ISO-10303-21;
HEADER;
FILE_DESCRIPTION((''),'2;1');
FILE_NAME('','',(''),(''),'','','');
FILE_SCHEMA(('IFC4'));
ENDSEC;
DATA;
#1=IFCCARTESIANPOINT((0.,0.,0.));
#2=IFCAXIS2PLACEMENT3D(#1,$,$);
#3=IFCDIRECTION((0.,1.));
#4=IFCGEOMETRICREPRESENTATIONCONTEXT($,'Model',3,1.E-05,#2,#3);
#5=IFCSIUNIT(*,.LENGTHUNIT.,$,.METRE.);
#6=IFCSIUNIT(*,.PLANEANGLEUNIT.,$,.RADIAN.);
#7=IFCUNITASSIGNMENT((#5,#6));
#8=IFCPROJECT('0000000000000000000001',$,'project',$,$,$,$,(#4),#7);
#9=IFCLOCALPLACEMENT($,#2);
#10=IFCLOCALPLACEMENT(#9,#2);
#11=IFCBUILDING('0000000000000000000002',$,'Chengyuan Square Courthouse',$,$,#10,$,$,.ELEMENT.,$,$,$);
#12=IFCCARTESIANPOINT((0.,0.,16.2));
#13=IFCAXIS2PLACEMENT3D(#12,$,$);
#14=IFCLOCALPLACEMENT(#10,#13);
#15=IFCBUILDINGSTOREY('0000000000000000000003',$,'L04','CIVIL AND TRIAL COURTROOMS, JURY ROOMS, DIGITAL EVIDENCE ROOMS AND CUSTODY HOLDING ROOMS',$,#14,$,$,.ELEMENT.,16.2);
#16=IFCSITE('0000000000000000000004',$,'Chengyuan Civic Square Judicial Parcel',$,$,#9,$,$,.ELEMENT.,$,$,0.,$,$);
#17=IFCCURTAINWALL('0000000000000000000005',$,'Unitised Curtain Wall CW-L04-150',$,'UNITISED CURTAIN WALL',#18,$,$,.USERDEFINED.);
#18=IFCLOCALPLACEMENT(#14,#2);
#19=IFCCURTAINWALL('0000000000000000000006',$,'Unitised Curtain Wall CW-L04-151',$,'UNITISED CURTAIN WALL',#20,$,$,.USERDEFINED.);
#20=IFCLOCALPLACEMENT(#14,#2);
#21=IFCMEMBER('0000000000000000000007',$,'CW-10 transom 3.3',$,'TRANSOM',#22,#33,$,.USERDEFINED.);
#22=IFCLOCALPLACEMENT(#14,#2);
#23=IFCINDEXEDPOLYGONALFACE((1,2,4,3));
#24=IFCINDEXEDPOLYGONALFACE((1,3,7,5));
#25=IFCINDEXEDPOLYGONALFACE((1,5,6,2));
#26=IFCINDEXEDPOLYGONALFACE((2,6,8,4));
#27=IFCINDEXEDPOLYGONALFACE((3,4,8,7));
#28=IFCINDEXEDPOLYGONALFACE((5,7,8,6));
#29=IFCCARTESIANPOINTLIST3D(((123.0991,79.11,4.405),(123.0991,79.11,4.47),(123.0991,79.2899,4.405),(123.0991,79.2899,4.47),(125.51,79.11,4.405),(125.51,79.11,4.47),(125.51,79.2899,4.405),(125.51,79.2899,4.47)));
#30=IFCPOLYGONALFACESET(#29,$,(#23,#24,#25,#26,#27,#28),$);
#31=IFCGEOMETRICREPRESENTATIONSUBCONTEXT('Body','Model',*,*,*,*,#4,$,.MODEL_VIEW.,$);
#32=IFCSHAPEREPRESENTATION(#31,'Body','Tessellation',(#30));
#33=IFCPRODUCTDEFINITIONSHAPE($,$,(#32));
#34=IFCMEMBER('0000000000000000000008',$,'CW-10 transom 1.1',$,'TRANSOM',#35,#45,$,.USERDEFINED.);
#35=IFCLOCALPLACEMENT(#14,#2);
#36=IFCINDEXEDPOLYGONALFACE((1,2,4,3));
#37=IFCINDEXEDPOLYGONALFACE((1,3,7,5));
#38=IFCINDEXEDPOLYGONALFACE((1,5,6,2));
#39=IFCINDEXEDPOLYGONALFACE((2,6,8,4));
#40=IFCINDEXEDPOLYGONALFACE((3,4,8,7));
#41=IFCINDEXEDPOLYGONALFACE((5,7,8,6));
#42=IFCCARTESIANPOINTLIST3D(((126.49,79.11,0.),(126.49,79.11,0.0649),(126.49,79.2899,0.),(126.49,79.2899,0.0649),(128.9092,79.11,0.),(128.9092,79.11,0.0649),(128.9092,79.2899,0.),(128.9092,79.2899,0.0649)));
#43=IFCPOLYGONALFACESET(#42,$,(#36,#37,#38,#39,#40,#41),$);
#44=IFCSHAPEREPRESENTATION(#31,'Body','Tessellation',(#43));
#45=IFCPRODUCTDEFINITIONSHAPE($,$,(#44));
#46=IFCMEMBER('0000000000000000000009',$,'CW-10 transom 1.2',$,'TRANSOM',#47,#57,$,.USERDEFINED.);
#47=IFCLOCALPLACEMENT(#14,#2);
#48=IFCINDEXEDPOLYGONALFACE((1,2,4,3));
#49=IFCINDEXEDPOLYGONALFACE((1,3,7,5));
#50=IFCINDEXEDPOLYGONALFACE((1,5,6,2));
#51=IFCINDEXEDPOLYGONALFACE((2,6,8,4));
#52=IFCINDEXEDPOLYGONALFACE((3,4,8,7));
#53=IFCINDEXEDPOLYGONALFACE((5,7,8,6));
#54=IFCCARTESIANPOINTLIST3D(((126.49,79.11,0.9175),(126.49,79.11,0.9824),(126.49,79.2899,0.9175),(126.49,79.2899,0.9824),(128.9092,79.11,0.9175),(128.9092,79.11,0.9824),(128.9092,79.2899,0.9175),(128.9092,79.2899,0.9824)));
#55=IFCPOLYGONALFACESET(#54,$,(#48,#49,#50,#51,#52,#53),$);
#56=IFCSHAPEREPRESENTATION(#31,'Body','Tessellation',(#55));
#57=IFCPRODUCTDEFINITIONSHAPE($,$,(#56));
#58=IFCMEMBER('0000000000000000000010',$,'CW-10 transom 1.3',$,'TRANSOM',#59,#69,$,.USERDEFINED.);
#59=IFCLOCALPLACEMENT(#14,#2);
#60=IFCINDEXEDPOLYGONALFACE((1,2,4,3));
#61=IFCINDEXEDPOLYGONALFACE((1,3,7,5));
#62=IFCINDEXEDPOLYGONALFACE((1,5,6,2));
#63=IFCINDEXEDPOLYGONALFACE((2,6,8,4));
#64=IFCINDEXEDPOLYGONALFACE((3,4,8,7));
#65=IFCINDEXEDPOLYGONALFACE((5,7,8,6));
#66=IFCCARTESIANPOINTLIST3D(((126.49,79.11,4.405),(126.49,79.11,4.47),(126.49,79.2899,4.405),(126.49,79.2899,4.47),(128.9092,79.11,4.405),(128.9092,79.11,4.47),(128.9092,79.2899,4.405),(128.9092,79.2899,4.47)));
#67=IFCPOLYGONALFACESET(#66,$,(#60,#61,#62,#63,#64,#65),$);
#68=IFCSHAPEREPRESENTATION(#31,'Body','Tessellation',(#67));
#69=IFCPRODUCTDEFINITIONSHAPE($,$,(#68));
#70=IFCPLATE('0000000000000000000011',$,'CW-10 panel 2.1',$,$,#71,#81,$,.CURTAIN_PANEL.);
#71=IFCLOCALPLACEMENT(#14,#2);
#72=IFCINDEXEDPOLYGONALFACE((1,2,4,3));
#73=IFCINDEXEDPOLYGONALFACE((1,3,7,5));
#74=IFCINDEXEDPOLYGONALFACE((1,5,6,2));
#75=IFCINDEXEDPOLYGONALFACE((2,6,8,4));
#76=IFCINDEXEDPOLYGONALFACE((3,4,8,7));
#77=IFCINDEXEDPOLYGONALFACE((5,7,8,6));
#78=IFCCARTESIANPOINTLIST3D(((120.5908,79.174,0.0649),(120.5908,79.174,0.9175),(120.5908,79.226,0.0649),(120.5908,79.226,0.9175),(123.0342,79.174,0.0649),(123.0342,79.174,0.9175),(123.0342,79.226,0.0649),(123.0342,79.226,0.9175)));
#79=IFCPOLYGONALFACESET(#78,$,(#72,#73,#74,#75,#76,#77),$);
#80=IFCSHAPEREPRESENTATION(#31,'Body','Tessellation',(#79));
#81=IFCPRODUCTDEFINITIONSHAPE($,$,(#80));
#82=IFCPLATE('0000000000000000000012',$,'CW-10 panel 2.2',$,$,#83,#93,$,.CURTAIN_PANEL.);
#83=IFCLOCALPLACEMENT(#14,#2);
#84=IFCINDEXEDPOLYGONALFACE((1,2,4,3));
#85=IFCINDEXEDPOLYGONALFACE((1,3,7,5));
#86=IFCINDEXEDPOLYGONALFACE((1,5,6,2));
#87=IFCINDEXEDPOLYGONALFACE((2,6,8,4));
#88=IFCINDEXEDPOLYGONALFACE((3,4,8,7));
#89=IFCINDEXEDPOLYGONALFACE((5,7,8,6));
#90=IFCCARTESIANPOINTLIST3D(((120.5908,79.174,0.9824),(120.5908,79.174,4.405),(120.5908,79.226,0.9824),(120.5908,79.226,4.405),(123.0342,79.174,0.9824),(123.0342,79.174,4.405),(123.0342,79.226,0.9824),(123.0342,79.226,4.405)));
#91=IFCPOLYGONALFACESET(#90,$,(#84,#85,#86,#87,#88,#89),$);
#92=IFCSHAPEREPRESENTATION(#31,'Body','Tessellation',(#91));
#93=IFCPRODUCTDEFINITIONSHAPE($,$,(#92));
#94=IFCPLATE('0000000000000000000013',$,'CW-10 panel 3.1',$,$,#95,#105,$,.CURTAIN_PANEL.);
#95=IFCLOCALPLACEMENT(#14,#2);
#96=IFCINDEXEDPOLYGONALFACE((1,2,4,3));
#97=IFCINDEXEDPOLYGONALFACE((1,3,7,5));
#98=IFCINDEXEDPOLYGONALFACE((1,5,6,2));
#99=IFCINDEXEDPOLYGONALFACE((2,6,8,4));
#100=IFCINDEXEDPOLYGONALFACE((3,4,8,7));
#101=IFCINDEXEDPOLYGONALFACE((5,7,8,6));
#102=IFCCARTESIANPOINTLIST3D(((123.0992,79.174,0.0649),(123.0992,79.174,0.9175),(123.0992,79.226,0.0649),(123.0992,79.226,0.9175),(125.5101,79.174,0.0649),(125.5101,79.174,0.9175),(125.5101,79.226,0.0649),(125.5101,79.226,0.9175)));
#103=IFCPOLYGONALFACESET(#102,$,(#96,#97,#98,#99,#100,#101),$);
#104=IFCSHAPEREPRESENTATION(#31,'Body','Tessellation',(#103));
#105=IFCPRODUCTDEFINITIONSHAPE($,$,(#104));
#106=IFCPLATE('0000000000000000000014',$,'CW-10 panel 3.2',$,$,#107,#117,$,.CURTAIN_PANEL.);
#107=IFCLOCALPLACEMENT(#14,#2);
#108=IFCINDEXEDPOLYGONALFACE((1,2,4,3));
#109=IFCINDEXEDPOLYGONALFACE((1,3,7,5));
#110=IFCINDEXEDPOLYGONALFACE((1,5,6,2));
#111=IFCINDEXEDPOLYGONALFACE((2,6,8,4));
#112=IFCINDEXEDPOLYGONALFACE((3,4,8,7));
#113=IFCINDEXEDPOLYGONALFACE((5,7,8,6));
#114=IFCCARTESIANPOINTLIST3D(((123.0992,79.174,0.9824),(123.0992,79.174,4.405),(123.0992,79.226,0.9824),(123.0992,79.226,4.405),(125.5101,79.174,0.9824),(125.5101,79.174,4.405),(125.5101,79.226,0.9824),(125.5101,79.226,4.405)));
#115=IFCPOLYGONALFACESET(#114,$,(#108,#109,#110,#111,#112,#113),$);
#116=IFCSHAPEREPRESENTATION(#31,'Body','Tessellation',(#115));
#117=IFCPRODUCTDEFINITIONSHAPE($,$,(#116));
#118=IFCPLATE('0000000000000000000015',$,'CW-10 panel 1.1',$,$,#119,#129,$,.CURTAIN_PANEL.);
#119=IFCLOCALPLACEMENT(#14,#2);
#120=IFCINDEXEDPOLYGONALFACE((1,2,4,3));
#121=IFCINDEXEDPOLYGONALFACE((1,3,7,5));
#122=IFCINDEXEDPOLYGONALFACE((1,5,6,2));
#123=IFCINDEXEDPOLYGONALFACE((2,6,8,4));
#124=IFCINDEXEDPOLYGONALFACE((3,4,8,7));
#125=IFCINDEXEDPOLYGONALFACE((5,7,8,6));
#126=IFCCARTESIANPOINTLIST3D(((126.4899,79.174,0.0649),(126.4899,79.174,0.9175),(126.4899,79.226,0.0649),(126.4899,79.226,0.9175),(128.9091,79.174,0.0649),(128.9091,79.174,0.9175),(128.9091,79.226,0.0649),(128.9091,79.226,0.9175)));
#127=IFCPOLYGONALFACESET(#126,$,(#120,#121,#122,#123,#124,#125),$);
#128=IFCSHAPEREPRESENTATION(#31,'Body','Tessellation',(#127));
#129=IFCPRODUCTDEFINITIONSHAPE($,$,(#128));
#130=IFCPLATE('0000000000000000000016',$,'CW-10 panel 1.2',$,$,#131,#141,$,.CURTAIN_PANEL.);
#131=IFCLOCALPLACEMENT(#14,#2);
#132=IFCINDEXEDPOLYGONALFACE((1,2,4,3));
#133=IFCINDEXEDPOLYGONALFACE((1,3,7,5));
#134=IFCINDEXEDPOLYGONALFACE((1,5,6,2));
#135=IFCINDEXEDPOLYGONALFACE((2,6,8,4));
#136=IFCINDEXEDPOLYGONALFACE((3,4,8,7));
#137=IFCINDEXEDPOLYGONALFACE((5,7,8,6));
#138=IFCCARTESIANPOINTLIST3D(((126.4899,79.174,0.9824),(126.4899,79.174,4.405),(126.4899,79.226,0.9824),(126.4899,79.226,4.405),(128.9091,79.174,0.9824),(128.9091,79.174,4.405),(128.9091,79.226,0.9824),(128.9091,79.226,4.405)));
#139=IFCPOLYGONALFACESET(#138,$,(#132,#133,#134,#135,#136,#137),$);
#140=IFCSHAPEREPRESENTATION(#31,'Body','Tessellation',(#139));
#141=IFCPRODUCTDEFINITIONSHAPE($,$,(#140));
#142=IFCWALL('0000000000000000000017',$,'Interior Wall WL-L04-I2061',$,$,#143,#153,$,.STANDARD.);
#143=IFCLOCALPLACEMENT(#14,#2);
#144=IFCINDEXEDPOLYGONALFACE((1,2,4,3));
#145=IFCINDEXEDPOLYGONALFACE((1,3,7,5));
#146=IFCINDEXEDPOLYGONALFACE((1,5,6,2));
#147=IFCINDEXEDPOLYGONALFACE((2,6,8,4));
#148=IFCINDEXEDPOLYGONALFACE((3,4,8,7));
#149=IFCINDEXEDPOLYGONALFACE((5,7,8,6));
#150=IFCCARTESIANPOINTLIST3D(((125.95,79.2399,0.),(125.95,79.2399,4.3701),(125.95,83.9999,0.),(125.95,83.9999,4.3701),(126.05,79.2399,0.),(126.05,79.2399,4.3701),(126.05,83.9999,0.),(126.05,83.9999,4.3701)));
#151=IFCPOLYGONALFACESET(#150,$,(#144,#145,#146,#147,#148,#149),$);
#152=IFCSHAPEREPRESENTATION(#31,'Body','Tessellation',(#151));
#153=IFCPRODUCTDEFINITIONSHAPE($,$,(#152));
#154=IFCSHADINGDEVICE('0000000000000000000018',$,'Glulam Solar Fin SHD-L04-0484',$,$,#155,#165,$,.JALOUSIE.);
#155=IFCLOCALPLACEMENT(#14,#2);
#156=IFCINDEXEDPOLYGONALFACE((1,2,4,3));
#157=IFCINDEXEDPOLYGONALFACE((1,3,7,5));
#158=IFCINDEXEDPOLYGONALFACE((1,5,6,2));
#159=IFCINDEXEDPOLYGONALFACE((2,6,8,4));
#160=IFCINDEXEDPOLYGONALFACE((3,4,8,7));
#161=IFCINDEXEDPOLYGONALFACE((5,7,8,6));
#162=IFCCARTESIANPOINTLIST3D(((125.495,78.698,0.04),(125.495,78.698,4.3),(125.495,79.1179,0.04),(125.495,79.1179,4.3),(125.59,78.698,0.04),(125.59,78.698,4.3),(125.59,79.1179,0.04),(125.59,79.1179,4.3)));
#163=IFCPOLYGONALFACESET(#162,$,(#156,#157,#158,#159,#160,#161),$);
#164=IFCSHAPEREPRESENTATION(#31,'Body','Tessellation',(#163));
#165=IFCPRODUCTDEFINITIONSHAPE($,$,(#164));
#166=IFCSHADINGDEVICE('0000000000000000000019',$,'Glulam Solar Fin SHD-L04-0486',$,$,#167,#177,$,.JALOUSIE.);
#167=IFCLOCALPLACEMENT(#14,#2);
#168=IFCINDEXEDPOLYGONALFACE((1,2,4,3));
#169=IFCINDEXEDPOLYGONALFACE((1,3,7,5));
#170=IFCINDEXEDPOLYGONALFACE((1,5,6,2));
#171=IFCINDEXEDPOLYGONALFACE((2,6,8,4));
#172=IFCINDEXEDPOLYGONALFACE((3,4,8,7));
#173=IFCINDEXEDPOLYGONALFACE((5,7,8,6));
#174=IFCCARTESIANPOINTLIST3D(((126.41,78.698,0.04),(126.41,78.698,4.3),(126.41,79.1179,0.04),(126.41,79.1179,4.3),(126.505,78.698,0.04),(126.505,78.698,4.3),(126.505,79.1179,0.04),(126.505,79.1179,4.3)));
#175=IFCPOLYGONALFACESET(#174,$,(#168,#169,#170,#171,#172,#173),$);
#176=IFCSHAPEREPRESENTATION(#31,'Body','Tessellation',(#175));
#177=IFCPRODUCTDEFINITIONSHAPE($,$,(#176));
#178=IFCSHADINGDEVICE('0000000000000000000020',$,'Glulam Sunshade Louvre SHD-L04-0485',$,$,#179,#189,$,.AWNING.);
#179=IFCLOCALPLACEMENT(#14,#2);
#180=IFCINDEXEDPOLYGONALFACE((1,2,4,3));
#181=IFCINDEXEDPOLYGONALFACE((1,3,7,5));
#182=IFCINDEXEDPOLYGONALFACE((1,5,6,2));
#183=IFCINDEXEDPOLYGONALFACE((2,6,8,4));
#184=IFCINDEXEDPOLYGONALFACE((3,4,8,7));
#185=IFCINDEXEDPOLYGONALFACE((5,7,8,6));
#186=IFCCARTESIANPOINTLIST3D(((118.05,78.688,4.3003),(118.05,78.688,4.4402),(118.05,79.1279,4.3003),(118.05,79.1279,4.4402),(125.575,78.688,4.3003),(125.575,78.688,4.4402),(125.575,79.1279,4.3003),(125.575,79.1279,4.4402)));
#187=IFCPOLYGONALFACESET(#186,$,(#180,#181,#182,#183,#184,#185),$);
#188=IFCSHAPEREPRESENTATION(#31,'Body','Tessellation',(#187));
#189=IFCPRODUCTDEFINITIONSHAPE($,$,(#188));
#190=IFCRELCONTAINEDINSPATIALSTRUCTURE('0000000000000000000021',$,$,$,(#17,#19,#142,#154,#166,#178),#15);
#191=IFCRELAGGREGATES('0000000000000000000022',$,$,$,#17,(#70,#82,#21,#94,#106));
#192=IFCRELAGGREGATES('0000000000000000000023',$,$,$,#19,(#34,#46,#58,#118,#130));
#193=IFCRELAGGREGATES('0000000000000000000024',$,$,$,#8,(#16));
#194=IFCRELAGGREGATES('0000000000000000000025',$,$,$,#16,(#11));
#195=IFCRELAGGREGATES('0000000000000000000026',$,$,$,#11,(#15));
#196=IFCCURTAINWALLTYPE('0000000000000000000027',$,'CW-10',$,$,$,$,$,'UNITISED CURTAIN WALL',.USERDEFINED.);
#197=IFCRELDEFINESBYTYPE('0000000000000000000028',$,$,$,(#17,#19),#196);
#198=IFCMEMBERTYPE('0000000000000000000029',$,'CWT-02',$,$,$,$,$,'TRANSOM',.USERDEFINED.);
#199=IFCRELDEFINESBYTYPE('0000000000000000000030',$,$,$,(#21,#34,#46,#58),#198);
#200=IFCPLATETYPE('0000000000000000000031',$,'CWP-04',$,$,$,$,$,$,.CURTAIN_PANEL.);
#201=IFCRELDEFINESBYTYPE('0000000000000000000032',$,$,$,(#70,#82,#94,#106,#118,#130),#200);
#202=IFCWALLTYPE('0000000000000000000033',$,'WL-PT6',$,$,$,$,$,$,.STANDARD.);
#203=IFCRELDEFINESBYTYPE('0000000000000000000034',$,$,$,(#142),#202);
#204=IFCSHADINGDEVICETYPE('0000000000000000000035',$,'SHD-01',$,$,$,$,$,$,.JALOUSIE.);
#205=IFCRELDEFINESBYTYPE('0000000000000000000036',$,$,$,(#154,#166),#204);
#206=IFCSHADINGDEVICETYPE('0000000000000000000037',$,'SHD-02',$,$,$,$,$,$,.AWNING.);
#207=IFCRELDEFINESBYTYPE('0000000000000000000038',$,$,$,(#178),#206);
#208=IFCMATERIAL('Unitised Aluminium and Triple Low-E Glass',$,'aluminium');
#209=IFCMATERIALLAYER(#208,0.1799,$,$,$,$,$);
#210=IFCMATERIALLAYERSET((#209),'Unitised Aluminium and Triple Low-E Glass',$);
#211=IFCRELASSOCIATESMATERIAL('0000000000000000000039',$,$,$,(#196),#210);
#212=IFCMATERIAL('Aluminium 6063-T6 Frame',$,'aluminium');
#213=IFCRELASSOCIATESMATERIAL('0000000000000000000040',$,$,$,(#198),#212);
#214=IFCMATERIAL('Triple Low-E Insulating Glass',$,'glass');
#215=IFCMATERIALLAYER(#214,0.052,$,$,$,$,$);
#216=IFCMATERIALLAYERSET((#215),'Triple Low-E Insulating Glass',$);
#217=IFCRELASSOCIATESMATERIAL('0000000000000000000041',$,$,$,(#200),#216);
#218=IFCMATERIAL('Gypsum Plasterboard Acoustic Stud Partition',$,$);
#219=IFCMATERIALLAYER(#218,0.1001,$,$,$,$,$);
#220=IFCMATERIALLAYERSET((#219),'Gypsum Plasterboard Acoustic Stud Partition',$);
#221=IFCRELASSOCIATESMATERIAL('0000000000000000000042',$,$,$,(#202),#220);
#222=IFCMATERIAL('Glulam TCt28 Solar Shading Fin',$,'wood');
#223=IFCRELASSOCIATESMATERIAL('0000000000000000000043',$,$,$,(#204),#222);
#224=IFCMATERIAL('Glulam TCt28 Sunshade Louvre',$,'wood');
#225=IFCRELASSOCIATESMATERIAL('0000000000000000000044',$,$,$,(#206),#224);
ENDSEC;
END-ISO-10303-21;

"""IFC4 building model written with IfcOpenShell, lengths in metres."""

from ifc_helpers import new_model, si_unit, direction, frame, frame_2d, origin, origin_2d, place, context, subcontext, project, spatial, rectangle, extrude, material, layer, layer_set, material_profile, profile_set, type_object, element, aggregate, save


model = new_model("IFC4")

# Units and contexts
model_context = context("Model", 3, precision=1e-05, world=origin(), true_north=direction((0.0, 1.0)))
body_context = subcontext(model_context, "Body", "Model", "MODEL_VIEW")
ifc_project = project(units=[si_unit("LENGTHUNIT", "METRE"), si_unit("PLANEANGLEUNIT", "RADIAN")], contexts=[model_context])

# Site, building, storey
site_placement = place(None, origin())
site = spatial("IfcSite", under=ifc_project, at=site_placement, Name="Chengyuan Civic Square Judicial Parcel", CompositionType="ELEMENT", RefElevation=0.0)
building_placement = place(site_placement, origin())
building = spatial("IfcBuilding", under=site, at=building_placement, Name="Chengyuan Square Courthouse", CompositionType="ELEMENT")
storey_placement = place(building_placement, frame((0.0, 0.0, 16.2)))
storey = spatial("IfcBuildingStorey", under=building, at=storey_placement, Name="L04", Description="CIVIL AND TRIAL COURTROOMS, JURY ROOMS, DIGITAL EVIDENCE ROOMS AND CUSTODY HOLDING ROOMS", CompositionType="ELEMENT", Elevation=16.2)

# Curtain walls
ifc_material_1 = material(Name="Unitised Aluminium and Triple Low-E Glass", Category="aluminium")
ifc_layer_1 = layer(ifc_material_1, 0.1799)
ifc_layer_set_1 = layer_set([ifc_layer_1], Name="Unitised Aluminium and Triple Low-E Glass")
curtain_wall_type = type_object("IfcCurtainWallType", Name="CW-10", ElementType="UNITISED CURTAIN WALL", PredefinedType="USERDEFINED", material=ifc_layer_set_1)
curtain_wall_1_placement = place(storey_placement, origin())
curtain_wall_1 = element("IfcCurtainWall", 1, at=curtain_wall_1_placement, inside=storey, type_object=curtain_wall_type, Name="Unitised Curtain Wall CW-L04-150", ObjectType="UNITISED CURTAIN WALL", PredefinedType="USERDEFINED")
ifc_material_2 = material(Name="Aluminium 6063-T6 Frame", Category="aluminium")
curtain_wall_2_placement = place(storey_placement, origin())
curtain_wall_2 = element("IfcCurtainWall", 2, at=curtain_wall_2_placement, inside=storey, type_object=curtain_wall_type, Name="Unitised Curtain Wall CW-L04-151", ObjectType="UNITISED CURTAIN WALL", PredefinedType="USERDEFINED")

# Members
ifc_material_profile_1 = material_profile(ifc_material_2, rectangle(XDim=0.1799, YDim=0.0649, at=origin_2d()), Name="CW-TRN-65x140")
ifc_profile_set_1 = profile_set([ifc_material_profile_1], Name="Aluminium 6063-T6 Frame")
member_type_1 = type_object("IfcMemberType", Name="CWT-02", ElementType="TRANSOM", PredefinedType="USERDEFINED", material=ifc_profile_set_1)
member_1_placement = place(storey_placement, frame((123.0991, 79.2, 4.4375), z_axis=(1.0, 0.0, 0.0), x_axis=(0.0, 1.0, 0.0)))
member_1 = element("IfcMember", 3, at=member_1_placement, type_object=member_type_1, Name="CW-10 transom 3.3", ObjectType="TRANSOM", PredefinedType="USERDEFINED", context=body_context, shape_type="SweptSolid", body=[
    extrude(rectangle(XDim=0.1799, YDim=0.0649, at=origin_2d()), origin(), (0.0, 0.0, 1.0), 2.4109),
])
member_2_placement = place(storey_placement, frame((126.49, 79.2, 0.0325), z_axis=(1.0, 0.0, 0.0), x_axis=(0.0, 1.0, 0.0)))
member_2 = element("IfcMember", 4, at=member_2_placement, type_object=member_type_1, Name="CW-10 transom 1.1", ObjectType="TRANSOM", PredefinedType="USERDEFINED", context=body_context, shape_type="SweptSolid", body=[
    extrude(rectangle(XDim=0.1799, YDim=0.0649, at=origin_2d()), origin(), (0.0, 0.0, 1.0), 2.4192),
])
member_3_placement = place(storey_placement, frame((126.49, 79.2, 0.95), z_axis=(1.0, 0.0, 0.0), x_axis=(0.0, 1.0, 0.0)))
member_3 = element("IfcMember", 5, at=member_3_placement, type_object=member_type_1, Name="CW-10 transom 1.2", ObjectType="TRANSOM", PredefinedType="USERDEFINED", context=body_context, shape_type="SweptSolid", body=[
    extrude(rectangle(XDim=0.1799, YDim=0.0649, at=origin_2d()), origin(), (0.0, 0.0, 1.0), 2.4192),
])
member_4_placement = place(storey_placement, frame((126.49, 79.2, 4.4375), z_axis=(1.0, 0.0, 0.0), x_axis=(0.0, 1.0, 0.0)))
member_4 = element("IfcMember", 6, at=member_4_placement, type_object=member_type_1, Name="CW-10 transom 1.3", ObjectType="TRANSOM", PredefinedType="USERDEFINED", context=body_context, shape_type="SweptSolid", body=[
    extrude(rectangle(XDim=0.1799, YDim=0.0649, at=origin_2d()), origin(), (0.0, 0.0, 1.0), 2.4192),
])

# Plates
ifc_material_3 = material(Name="Triple Low-E Insulating Glass", Category="glass")
ifc_layer_2 = layer(ifc_material_3, 0.052)
ifc_layer_set_2 = layer_set([ifc_layer_2], Name="Triple Low-E Insulating Glass")
plate_type = type_object("IfcPlateType", Name="CWP-04", PredefinedType="CURTAIN_PANEL", material=ifc_layer_set_2)
plate_1_placement = place(storey_placement, frame((121.8125, 79.2, 0.0649), z_axis=(0.0, 0.0, 1.0), x_axis=(1.0, 0.0, 0.0)))
plate_1 = element("IfcPlate", 7, at=plate_1_placement, type_object=plate_type, Name="CW-10 panel 2.1", PredefinedType="CURTAIN_PANEL", context=body_context, shape_type="SweptSolid", body=[
    extrude(rectangle(XDim=2.4434, YDim=0.052, at=origin_2d()), origin(), (0.0, 0.0, 1.0), 0.8525),
])
plate_2_placement = place(storey_placement, frame((121.8125, 79.2, 0.9824), z_axis=(0.0, 0.0, 1.0), x_axis=(1.0, 0.0, 0.0)))
plate_2 = element("IfcPlate", 8, at=plate_2_placement, type_object=plate_type, Name="CW-10 panel 2.2", PredefinedType="CURTAIN_PANEL", context=body_context, shape_type="SweptSolid", body=[
    extrude(rectangle(XDim=2.4434, YDim=0.052, at=origin_2d()), origin(), (0.0, 0.0, 1.0), 3.4226),
])
plate_3_placement = place(storey_placement, frame((124.3047, 79.2, 0.0649), z_axis=(0.0, 0.0, 1.0), x_axis=(1.0, 0.0, 0.0)))
plate_3 = element("IfcPlate", 9, at=plate_3_placement, type_object=plate_type, Name="CW-10 panel 3.1", PredefinedType="CURTAIN_PANEL", context=body_context, shape_type="SweptSolid", body=[
    extrude(rectangle(XDim=2.4109, YDim=0.052, at=origin_2d()), origin(), (0.0, 0.0, 1.0), 0.8525),
])
plate_4_placement = place(storey_placement, frame((124.3047, 79.2, 0.9824), z_axis=(0.0, 0.0, 1.0), x_axis=(1.0, 0.0, 0.0)))
plate_4 = element("IfcPlate", 10, at=plate_4_placement, type_object=plate_type, Name="CW-10 panel 3.2", PredefinedType="CURTAIN_PANEL", context=body_context, shape_type="SweptSolid", body=[
    extrude(rectangle(XDim=2.4109, YDim=0.052, at=origin_2d()), origin(), (0.0, 0.0, 1.0), 3.4226),
])
aggregate(curtain_wall_1, [plate_1, plate_2, member_1, plate_3, plate_4])
plate_5_placement = place(storey_placement, frame((127.6995, 79.2, 0.0649), z_axis=(0.0, 0.0, 1.0), x_axis=(1.0, 0.0, 0.0)))
plate_5 = element("IfcPlate", 11, at=plate_5_placement, type_object=plate_type, Name="CW-10 panel 1.1", PredefinedType="CURTAIN_PANEL", context=body_context, shape_type="SweptSolid", body=[
    extrude(rectangle(XDim=2.4192, YDim=0.052, at=origin_2d()), origin(), (0.0, 0.0, 1.0), 0.8525),
])
plate_6_placement = place(storey_placement, frame((127.6995, 79.2, 0.9824), z_axis=(0.0, 0.0, 1.0), x_axis=(1.0, 0.0, 0.0)))
plate_6 = element("IfcPlate", 12, at=plate_6_placement, type_object=plate_type, Name="CW-10 panel 1.2", PredefinedType="CURTAIN_PANEL", context=body_context, shape_type="SweptSolid", body=[
    extrude(rectangle(XDim=2.4192, YDim=0.052, at=origin_2d()), origin(), (0.0, 0.0, 1.0), 3.4226),
])
aggregate(curtain_wall_2, [member_2, member_3, member_4, plate_5, plate_6])

# Wall
ifc_material_4 = material(Name="Gypsum Plasterboard Acoustic Stud Partition")
ifc_layer_3 = layer(ifc_material_4, 0.1001)
ifc_layer_set_3 = layer_set([ifc_layer_3], Name="Gypsum Plasterboard Acoustic Stud Partition")
wall_type = type_object("IfcWallType", Name="WL-PT6", PredefinedType="STANDARD", material=ifc_layer_set_3)
wall_placement = place(storey_placement, frame((126.0, 79.24, 0.0), z_axis=(0.0, 0.0, 1.0), x_axis=(0.0, 1.0, 0.0)))
element("IfcWall", 13, at=wall_placement, inside=storey, type_object=wall_type, Name="Interior Wall WL-L04-I2061", PredefinedType="STANDARD", context=body_context, shape_type="SweptSolid", body=[
    extrude(rectangle(XDim=4.76, YDim=0.1001, at=frame_2d((2.3799, 0.0))), origin(), (0.0, 0.0, 1.0), 4.3701),
])

# Shading devices
ifc_material_5 = material(Name="Glulam TCt28 Solar Shading Fin", Category="wood")
shading_device_type_1 = type_object("IfcShadingDeviceType", Name="SHD-01", PredefinedType="JALOUSIE", material=ifc_material_5)
for number, where, z_axis, x_axis, name in (
    (14, (125.5425, 78.908, 0.04), (0.0, 0.0, 1.0), (0.0, 1.0, 0.0), "Glulam Solar Fin SHD-L04-0484"),
    (15, (126.4575, 78.908, 0.04), (0.0, 0.0, 1.0), (0.0, 1.0, 0.0), "Glulam Solar Fin SHD-L04-0486"),
):
    element("IfcShadingDevice", number, at=place(storey_placement, frame(where, z_axis=z_axis, x_axis=x_axis)), inside=storey, type_object=shading_device_type_1, Name=name, PredefinedType="JALOUSIE", context=body_context, shape_type="SweptSolid", body=[
        extrude(rectangle(XDim=0.4199, YDim=0.095, at=origin_2d()), origin(), (0.0, 0.0, 1.0), 4.26),
    ])
ifc_material_6 = material(Name="Glulam TCt28 Sunshade Louvre", Category="wood")
shading_device_type_2 = type_object("IfcShadingDeviceType", Name="SHD-02", PredefinedType="AWNING", material=ifc_material_6)
shading_device_placement = place(storey_placement, frame((121.8125, 78.908, 4.3003), z_axis=(0.0, 0.0, 1.0), x_axis=(1.0, 0.0, 0.0)))
element("IfcShadingDevice", 16, at=shading_device_placement, inside=storey, type_object=shading_device_type_2, Name="Glulam Sunshade Louvre SHD-L04-0485", PredefinedType="AWNING", context=body_context, shape_type="SweptSolid", body=[
    extrude(rectangle(XDim=7.5249, YDim=0.4399, at=origin_2d()), origin(), (0.0, 0.0, 1.0), 0.1399),
])

save(model, "model.ifc")
